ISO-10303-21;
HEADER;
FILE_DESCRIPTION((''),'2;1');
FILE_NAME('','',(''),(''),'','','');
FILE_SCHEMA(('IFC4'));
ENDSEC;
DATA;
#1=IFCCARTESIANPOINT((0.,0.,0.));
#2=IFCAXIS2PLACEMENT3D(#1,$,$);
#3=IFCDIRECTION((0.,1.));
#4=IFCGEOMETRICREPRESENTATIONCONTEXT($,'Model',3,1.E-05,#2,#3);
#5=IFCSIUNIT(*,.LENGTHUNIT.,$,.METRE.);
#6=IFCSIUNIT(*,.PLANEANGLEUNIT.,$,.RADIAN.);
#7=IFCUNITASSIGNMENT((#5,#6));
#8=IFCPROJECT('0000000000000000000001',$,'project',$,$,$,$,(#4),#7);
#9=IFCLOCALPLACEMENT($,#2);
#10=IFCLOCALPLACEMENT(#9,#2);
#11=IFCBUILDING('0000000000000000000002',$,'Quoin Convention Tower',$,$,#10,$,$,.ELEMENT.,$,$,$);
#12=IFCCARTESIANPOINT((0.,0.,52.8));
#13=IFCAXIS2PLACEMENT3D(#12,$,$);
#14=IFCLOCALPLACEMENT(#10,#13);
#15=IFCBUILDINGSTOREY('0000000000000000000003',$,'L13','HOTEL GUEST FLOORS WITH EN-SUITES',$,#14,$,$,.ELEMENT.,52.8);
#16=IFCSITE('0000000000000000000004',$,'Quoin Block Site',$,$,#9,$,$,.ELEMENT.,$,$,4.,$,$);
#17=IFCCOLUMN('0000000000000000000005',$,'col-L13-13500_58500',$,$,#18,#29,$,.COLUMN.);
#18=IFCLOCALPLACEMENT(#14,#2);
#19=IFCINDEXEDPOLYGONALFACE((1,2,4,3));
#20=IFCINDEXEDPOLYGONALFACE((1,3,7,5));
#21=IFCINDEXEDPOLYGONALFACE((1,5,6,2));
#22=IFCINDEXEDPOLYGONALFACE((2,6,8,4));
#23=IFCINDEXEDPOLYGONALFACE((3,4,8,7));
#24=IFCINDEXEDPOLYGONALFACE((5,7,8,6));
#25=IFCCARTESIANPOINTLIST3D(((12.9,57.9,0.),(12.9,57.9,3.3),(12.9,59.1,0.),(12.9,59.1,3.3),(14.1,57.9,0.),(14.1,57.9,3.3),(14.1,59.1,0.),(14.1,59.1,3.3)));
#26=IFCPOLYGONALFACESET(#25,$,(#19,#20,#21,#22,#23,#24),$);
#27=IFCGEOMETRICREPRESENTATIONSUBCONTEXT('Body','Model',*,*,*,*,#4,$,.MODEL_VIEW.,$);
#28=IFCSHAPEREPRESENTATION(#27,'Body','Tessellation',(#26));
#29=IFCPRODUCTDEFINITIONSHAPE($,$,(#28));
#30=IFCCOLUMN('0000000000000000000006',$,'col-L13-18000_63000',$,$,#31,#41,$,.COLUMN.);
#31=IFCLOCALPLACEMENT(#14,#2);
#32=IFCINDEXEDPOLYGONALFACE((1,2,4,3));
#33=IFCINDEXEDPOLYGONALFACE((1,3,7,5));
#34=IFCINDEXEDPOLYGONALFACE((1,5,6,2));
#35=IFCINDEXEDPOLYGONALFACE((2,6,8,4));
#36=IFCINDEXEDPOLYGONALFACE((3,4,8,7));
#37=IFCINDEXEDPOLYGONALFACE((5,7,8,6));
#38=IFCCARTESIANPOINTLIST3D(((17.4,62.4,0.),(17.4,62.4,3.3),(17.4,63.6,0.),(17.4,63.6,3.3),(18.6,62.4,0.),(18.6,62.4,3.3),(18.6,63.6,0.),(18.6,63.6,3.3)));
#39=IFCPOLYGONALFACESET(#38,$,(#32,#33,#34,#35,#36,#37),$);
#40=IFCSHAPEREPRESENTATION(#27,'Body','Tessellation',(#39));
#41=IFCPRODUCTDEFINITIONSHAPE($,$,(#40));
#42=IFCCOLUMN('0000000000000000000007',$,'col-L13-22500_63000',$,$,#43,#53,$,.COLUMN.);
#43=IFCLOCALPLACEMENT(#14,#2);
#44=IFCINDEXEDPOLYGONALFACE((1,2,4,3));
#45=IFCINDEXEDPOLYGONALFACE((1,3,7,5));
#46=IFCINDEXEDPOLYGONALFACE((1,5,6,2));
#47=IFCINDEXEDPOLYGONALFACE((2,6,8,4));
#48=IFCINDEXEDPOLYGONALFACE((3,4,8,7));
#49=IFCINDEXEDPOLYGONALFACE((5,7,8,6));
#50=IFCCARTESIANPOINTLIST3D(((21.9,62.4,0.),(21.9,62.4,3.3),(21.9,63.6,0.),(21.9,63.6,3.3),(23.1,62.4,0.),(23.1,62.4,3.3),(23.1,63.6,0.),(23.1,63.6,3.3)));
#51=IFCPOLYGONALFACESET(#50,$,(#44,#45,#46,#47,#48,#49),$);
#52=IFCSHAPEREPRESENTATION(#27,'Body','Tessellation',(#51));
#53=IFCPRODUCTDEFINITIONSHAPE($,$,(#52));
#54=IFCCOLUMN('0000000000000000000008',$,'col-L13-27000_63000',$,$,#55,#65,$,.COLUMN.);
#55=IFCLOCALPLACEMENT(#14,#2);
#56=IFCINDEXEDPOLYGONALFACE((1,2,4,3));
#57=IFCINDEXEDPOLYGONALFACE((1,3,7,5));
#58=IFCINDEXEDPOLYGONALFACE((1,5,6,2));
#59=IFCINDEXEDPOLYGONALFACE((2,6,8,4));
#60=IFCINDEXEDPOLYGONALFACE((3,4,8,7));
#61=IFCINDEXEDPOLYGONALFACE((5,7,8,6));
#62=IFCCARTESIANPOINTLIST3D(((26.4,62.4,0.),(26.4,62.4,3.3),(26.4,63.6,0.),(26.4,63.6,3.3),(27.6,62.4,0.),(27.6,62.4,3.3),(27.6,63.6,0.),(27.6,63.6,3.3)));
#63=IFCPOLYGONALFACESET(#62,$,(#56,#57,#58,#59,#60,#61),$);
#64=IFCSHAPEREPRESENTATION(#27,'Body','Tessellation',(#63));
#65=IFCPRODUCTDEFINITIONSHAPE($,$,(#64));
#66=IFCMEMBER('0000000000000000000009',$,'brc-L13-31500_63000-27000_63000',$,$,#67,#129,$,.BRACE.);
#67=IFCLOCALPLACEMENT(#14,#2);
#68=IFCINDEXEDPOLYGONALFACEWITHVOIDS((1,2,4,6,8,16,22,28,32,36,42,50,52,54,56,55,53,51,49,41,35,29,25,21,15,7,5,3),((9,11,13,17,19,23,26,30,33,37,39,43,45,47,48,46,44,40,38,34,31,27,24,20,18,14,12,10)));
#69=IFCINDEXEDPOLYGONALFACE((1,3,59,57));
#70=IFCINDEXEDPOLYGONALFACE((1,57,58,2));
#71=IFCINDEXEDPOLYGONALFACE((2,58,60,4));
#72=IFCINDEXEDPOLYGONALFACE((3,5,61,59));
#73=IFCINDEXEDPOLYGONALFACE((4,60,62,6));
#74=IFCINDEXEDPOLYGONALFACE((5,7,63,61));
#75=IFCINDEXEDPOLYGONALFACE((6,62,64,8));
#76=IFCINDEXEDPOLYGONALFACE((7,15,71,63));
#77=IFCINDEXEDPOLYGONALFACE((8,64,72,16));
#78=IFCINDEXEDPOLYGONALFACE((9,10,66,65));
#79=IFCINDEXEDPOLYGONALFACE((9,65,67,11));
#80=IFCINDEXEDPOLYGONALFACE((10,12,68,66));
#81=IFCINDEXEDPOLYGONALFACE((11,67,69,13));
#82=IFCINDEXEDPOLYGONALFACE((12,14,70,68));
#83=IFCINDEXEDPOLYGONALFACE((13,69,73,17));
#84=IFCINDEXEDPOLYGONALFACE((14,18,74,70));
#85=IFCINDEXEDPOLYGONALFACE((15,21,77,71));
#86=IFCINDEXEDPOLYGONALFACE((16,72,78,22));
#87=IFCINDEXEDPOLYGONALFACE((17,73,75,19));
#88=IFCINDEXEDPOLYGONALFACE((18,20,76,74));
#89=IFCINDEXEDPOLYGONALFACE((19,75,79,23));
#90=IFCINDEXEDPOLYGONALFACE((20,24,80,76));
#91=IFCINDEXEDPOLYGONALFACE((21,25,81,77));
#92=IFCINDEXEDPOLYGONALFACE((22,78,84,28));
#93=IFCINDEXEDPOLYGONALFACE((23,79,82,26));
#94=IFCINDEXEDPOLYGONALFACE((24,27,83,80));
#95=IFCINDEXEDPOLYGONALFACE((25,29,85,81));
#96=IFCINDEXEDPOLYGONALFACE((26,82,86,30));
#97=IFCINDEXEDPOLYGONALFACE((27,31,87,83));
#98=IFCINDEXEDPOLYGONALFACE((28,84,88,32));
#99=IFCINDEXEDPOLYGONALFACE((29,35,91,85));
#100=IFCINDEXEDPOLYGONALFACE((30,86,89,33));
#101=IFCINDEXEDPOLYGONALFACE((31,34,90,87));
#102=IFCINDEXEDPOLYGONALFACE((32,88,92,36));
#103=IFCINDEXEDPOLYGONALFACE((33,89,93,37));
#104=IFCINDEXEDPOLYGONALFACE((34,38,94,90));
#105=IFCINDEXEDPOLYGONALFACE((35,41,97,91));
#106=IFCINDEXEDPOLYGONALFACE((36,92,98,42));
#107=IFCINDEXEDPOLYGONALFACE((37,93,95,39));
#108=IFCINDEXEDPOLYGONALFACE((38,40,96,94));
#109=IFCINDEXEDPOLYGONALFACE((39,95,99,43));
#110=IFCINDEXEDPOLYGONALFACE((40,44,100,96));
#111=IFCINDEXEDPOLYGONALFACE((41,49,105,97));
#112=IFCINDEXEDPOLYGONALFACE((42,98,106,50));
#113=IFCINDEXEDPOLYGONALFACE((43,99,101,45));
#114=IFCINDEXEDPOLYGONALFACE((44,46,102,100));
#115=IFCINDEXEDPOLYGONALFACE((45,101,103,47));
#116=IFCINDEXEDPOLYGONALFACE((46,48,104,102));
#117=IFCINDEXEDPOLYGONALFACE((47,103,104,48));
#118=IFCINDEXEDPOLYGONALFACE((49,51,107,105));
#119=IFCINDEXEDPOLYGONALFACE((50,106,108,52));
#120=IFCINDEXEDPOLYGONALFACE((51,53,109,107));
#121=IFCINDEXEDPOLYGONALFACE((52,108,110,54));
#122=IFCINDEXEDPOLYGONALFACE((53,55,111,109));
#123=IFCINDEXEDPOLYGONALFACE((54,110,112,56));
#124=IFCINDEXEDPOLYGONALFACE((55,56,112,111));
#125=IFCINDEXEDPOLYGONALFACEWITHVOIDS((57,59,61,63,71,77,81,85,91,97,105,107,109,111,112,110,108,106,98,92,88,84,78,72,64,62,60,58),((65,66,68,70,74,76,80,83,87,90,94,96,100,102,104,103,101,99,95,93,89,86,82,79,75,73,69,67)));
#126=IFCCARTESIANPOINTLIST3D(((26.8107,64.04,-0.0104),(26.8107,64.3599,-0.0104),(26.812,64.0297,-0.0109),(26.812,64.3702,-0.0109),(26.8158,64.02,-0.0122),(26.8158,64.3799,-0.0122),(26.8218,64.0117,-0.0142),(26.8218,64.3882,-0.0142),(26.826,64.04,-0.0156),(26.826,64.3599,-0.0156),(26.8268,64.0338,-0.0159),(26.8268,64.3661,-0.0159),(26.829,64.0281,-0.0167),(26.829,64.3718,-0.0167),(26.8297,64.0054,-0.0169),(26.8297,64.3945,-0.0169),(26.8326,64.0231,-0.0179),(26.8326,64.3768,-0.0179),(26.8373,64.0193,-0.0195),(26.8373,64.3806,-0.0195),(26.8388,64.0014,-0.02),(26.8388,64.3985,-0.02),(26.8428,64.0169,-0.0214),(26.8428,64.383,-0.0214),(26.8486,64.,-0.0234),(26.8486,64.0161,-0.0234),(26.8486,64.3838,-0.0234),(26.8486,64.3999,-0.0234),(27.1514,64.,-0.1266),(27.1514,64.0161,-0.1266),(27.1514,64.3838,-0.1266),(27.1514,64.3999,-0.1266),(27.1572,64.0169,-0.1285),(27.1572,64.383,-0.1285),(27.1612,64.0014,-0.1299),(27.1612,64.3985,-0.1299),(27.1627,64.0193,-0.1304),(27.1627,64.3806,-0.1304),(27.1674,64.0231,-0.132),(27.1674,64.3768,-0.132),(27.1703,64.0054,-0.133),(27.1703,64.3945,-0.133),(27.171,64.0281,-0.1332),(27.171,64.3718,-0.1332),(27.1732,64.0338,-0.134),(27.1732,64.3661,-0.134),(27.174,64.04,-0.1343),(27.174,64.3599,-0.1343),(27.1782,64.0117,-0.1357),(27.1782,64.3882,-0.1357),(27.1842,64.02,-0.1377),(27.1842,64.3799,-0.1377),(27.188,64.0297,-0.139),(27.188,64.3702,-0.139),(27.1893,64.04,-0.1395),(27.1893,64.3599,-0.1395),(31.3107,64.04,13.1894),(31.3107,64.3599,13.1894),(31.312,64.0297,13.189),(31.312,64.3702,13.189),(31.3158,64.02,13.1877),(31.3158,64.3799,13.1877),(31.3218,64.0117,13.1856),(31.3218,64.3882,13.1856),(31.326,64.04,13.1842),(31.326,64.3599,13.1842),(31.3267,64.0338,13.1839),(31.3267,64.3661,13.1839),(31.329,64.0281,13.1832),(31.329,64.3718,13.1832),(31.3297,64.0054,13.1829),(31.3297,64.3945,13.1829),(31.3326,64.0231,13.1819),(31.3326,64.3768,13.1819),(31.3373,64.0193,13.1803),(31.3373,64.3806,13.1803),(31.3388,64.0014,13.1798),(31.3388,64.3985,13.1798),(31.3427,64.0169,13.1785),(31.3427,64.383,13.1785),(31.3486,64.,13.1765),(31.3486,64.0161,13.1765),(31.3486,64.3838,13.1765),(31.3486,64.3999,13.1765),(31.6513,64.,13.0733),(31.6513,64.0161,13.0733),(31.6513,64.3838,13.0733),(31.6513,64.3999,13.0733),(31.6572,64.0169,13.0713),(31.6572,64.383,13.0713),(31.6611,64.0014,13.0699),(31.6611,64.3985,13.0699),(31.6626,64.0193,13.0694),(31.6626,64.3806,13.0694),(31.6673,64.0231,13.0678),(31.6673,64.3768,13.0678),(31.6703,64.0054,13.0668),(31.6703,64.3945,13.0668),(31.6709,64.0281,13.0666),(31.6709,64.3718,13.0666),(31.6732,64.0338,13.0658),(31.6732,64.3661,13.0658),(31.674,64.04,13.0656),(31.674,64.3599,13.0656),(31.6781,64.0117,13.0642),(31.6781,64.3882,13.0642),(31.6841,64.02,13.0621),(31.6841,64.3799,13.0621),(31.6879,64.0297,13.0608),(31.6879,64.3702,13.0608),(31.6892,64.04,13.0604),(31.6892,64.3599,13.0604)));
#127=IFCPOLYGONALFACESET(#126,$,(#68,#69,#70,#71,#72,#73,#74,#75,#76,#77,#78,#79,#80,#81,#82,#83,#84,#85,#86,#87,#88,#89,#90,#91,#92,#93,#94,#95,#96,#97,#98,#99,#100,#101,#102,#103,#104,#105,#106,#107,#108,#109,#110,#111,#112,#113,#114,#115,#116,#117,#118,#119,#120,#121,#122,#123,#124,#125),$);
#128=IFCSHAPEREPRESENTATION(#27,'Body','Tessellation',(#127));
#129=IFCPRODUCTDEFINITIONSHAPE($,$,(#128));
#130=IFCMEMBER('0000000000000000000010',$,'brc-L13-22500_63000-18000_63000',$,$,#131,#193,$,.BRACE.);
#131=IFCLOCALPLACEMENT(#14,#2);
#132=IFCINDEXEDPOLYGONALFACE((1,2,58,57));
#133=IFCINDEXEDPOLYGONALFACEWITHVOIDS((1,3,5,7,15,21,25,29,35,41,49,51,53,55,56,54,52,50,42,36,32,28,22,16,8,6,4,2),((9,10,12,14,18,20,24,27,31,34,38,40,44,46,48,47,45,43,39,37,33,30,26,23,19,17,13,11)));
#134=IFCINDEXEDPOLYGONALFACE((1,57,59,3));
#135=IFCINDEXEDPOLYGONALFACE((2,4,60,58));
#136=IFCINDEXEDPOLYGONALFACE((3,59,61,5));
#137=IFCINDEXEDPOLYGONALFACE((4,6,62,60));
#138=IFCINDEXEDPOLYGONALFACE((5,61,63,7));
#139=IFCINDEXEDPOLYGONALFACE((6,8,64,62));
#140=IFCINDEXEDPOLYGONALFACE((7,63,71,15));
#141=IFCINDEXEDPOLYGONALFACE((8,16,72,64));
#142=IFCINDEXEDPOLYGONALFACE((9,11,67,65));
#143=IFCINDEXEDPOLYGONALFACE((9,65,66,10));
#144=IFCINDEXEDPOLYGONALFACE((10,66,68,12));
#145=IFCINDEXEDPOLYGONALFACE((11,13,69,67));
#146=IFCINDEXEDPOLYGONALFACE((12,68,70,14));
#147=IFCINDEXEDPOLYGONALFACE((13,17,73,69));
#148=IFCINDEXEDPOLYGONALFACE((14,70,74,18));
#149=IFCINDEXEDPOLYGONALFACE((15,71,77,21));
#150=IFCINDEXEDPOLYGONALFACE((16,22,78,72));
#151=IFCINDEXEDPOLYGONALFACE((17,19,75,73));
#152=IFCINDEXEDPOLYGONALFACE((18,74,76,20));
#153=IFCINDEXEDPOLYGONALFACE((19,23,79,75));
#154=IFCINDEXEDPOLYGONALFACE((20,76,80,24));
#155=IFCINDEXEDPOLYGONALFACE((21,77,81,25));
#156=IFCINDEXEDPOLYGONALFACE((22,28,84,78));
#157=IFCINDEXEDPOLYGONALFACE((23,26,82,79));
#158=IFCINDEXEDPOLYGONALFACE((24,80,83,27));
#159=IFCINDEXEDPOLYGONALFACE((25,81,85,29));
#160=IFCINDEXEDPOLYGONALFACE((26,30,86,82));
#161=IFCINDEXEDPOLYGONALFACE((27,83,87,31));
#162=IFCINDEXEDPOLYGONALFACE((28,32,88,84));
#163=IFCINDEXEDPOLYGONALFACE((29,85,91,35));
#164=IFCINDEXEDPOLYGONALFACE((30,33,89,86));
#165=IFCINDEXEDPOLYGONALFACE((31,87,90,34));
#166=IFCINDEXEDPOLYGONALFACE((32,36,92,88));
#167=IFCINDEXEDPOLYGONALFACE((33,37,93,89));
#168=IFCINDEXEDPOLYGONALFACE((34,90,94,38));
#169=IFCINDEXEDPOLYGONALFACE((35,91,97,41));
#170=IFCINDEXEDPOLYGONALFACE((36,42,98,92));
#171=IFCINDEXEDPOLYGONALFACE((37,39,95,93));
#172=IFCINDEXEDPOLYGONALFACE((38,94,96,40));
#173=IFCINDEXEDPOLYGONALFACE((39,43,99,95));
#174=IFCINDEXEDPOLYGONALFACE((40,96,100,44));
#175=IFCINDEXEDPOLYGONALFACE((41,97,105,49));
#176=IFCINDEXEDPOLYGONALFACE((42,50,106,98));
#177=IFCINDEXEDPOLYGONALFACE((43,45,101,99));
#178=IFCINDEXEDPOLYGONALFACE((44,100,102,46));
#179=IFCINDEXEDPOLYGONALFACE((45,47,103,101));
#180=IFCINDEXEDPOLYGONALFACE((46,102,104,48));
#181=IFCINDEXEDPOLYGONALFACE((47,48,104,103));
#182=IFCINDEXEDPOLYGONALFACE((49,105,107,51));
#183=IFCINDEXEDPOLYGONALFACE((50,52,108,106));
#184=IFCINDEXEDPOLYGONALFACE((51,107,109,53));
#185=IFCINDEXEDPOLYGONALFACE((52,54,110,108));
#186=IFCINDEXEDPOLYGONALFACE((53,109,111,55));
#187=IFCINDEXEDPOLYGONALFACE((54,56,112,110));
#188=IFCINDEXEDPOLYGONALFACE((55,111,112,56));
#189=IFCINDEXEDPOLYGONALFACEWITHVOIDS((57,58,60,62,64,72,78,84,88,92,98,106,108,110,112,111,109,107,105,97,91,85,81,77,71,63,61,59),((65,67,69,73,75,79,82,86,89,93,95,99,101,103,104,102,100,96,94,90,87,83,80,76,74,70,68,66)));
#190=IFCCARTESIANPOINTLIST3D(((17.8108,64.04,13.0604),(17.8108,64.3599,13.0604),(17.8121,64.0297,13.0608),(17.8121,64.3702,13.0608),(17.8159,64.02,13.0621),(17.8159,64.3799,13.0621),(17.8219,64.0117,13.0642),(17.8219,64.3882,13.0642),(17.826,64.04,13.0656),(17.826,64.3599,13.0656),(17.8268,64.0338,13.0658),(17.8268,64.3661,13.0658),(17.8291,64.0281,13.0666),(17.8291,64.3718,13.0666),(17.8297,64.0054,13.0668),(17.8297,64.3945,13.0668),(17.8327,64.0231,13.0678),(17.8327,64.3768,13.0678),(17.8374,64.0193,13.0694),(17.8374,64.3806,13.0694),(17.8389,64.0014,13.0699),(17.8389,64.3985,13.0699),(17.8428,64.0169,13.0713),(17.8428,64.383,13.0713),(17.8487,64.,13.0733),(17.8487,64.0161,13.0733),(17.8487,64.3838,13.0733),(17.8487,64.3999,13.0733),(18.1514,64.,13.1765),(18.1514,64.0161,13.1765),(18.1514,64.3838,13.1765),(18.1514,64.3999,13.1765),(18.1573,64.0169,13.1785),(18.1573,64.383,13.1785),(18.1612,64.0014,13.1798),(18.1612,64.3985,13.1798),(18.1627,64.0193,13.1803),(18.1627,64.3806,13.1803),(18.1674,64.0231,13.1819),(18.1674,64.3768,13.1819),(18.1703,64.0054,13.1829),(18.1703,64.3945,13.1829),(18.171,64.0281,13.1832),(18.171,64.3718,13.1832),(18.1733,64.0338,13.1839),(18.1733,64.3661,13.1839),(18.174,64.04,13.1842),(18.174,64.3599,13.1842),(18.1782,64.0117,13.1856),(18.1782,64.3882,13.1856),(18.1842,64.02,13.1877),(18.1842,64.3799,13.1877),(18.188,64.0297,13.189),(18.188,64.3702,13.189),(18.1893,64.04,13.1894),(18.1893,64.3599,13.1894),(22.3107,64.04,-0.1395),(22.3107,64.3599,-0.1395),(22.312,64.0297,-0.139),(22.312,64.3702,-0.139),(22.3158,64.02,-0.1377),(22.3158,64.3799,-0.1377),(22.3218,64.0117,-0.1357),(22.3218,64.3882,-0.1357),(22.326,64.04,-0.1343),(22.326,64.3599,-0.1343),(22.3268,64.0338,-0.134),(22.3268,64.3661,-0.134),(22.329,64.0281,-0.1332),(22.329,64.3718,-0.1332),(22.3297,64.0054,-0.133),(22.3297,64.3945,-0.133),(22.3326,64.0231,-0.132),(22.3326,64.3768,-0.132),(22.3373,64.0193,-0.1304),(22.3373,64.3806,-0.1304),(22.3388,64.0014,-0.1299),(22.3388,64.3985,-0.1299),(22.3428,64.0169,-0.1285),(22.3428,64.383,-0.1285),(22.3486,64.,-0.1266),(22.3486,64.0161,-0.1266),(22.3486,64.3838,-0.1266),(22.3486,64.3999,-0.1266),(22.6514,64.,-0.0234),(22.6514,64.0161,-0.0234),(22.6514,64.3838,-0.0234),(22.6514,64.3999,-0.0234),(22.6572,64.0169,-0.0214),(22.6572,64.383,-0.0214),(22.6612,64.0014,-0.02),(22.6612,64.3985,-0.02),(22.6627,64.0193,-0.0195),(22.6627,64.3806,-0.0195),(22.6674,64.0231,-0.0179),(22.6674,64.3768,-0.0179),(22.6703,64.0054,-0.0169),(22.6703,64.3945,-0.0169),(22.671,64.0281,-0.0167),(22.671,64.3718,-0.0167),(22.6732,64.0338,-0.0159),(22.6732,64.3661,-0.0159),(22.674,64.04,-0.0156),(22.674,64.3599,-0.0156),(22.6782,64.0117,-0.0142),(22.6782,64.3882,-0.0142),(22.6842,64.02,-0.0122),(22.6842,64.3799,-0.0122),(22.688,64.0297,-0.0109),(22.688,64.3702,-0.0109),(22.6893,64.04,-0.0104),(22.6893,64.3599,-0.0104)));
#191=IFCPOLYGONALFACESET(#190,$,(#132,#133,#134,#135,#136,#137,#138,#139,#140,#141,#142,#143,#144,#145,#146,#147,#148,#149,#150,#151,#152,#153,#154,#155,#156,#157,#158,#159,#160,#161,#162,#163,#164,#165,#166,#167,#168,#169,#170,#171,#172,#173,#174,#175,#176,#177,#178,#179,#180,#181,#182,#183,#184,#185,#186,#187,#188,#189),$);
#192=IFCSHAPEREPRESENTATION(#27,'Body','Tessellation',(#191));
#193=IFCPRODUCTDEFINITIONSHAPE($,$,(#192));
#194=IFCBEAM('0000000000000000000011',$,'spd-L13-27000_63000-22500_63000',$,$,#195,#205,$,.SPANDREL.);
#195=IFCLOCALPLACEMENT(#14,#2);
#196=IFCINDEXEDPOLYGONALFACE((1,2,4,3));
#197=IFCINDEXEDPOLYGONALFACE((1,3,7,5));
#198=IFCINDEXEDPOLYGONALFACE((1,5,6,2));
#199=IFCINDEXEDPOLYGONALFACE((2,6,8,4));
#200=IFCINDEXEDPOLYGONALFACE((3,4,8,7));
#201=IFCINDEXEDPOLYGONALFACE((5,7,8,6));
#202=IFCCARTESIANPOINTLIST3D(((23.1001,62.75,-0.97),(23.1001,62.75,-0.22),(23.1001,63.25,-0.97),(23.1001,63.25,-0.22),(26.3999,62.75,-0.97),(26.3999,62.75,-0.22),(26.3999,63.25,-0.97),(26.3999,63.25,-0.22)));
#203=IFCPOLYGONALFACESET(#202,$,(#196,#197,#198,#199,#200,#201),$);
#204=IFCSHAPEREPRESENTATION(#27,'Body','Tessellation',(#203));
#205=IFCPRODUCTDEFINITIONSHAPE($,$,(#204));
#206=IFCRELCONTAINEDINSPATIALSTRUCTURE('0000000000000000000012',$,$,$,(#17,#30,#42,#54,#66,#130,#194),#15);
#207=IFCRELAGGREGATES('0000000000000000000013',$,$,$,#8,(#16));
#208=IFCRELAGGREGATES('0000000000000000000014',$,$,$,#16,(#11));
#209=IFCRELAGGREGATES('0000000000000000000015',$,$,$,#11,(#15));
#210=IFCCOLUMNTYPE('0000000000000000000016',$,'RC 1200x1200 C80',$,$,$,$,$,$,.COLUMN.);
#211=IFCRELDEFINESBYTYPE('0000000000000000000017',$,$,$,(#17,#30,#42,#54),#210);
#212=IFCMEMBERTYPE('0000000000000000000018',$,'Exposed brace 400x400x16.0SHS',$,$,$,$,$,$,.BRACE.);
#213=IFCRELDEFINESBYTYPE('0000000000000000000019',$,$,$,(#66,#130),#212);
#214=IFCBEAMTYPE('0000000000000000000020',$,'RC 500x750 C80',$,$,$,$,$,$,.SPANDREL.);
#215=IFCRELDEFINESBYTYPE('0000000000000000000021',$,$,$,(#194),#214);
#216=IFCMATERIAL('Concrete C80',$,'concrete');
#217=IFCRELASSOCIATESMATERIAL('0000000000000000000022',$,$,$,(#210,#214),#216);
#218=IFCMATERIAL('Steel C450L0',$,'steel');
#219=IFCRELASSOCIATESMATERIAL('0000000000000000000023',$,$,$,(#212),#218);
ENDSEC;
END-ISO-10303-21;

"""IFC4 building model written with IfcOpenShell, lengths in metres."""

from ifc_helpers import new_model, si_unit, direction, frame, origin, origin_2d, place, context, subcontext, project, spatial, rectangle, hollow_rectangle, extrude, material, material_profile, profile_set, type_object, element, save


model = new_model("IFC4")

# Units and contexts
model_context = context("Model", 3, precision=1e-05, world=origin(), true_north=direction((0.0, 1.0)))
body_context = subcontext(model_context, "Body", "Model", "MODEL_VIEW")
ifc_project = project(units=[si_unit("LENGTHUNIT", "METRE"), si_unit("PLANEANGLEUNIT", "RADIAN")], contexts=[model_context])

# Site, building, storey
site_placement = place(None, origin())
site = spatial("IfcSite", under=ifc_project, at=site_placement, Name="Quoin Block Site", CompositionType="ELEMENT", RefElevation=4.0)
building_placement = place(site_placement, origin())
building = spatial("IfcBuilding", under=site, at=building_placement, Name="Quoin Convention Tower", CompositionType="ELEMENT")
storey_placement = place(building_placement, frame((0.0, 0.0, 52.8)))
storey = spatial("IfcBuildingStorey", under=building, at=storey_placement, Name="L13", Description="HOTEL GUEST FLOORS WITH EN-SUITES", CompositionType="ELEMENT", Elevation=52.8)

# Columns
ifc_material_1 = material(Name="Concrete C80", Category="concrete")
ifc_material_profile_1 = material_profile(ifc_material_1, rectangle(XDim=1.2, YDim=1.2, at=origin_2d()), Name="RC 1200x1200")
ifc_profile_set_1 = profile_set([ifc_material_profile_1], Name="Concrete C80")
column_type = type_object("IfcColumnType", Name="RC 1200x1200 C80", PredefinedType="COLUMN", material=ifc_profile_set_1)
for number, where, z_axis, x_axis, name in (
    (1, (13.5, 58.5, 0.0), (0.0, 0.0, 1.0), (1.0, 0.0, 0.0), "col-L13-13500_58500"),
    (2, (18.0, 63.0, 0.0), (0.0, 0.0, 1.0), (1.0, 0.0, 0.0), "col-L13-18000_63000"),
    (3, (22.5, 63.0, 0.0), (0.0, 0.0, 1.0), (1.0, 0.0, 0.0), "col-L13-22500_63000"),
    (4, (27.0, 63.0, 0.0), (0.0, 0.0, 1.0), (1.0, 0.0, 0.0), "col-L13-27000_63000"),
):
    element("IfcColumn", number, at=place(storey_placement, frame(where, z_axis=z_axis, x_axis=x_axis)), inside=storey, type_object=column_type, Name=name, PredefinedType="COLUMN", context=body_context, shape_type="SweptSolid", body=[
        extrude(rectangle(XDim=1.2, YDim=1.2, at=origin_2d()), origin(), (0.0, 0.0, 1.0), 3.3),
    ])

# Members
ifc_material_2 = material(Name="Steel C450L0", Category="steel")
ifc_material_profile_2 = material_profile(ifc_material_2, hollow_rectangle(XDim=0.3999, YDim=0.3999, WallThickness=0.0161, InnerFilletRadius=0.0239, OuterFilletRadius=0.04, at=origin_2d()), Name="400x400x16.0SHS")
ifc_profile_set_2 = profile_set([ifc_material_profile_2], Name="Steel C450L0")
member_type = type_object("IfcMemberType", Name="Exposed brace 400x400x16.0SHS", PredefinedType="BRACE", material=ifc_profile_set_2)
for number, where, z_axis, x_axis, name in (
    (5, (27.0, 64.2, -0.075), (0.322675, 0.0, 0.94651), (0.0, 1.0, 0.0), "brc-L13-31500_63000-27000_63000"),
    (6, (22.5, 64.2, -0.075), (-0.322675, 0.0, 0.94651), (0.0, -1.0, 0.0), "brc-L13-22500_63000-18000_63000"),
):
    element("IfcMember", number, at=place(storey_placement, frame(where, z_axis=z_axis, x_axis=x_axis)), inside=storey, type_object=member_type, Name=name, PredefinedType="BRACE", context=body_context, shape_type="SweptSolid", body=[
        extrude(hollow_rectangle(XDim=0.3999, YDim=0.3999, WallThickness=0.0161, InnerFilletRadius=0.0239, OuterFilletRadius=0.04, at=origin_2d()), origin(), (0.0, 0.0, 1.0), 13.9458),
    ])

# Beam
ifc_material_profile_3 = material_profile(ifc_material_1, rectangle(XDim=0.5, YDim=0.75, at=origin_2d()), Name="RC 500x750")
ifc_profile_set_3 = profile_set([ifc_material_profile_3], Name="Concrete C80")
beam_type = type_object("IfcBeamType", Name="RC 500x750 C80", PredefinedType="SPANDREL", material=ifc_profile_set_3)
for number, where, z_axis, x_axis, name in (
    (7, (26.3999, 63.0, -0.595), (-1.0, 0.0, 0.0), (0.0, -1.0, 0.0), "spd-L13-27000_63000-22500_63000"),
):
    element("IfcBeam", number, at=place(storey_placement, frame(where, z_axis=z_axis, x_axis=x_axis)), inside=storey, type_object=beam_type, Name=name, PredefinedType="SPANDREL", context=body_context, shape_type="SweptSolid", body=[
        extrude(rectangle(XDim=0.5, YDim=0.75, at=origin_2d()), origin(), (0.0, 0.0, 1.0), 3.2998),
    ])

save(model, "model.ifc")
